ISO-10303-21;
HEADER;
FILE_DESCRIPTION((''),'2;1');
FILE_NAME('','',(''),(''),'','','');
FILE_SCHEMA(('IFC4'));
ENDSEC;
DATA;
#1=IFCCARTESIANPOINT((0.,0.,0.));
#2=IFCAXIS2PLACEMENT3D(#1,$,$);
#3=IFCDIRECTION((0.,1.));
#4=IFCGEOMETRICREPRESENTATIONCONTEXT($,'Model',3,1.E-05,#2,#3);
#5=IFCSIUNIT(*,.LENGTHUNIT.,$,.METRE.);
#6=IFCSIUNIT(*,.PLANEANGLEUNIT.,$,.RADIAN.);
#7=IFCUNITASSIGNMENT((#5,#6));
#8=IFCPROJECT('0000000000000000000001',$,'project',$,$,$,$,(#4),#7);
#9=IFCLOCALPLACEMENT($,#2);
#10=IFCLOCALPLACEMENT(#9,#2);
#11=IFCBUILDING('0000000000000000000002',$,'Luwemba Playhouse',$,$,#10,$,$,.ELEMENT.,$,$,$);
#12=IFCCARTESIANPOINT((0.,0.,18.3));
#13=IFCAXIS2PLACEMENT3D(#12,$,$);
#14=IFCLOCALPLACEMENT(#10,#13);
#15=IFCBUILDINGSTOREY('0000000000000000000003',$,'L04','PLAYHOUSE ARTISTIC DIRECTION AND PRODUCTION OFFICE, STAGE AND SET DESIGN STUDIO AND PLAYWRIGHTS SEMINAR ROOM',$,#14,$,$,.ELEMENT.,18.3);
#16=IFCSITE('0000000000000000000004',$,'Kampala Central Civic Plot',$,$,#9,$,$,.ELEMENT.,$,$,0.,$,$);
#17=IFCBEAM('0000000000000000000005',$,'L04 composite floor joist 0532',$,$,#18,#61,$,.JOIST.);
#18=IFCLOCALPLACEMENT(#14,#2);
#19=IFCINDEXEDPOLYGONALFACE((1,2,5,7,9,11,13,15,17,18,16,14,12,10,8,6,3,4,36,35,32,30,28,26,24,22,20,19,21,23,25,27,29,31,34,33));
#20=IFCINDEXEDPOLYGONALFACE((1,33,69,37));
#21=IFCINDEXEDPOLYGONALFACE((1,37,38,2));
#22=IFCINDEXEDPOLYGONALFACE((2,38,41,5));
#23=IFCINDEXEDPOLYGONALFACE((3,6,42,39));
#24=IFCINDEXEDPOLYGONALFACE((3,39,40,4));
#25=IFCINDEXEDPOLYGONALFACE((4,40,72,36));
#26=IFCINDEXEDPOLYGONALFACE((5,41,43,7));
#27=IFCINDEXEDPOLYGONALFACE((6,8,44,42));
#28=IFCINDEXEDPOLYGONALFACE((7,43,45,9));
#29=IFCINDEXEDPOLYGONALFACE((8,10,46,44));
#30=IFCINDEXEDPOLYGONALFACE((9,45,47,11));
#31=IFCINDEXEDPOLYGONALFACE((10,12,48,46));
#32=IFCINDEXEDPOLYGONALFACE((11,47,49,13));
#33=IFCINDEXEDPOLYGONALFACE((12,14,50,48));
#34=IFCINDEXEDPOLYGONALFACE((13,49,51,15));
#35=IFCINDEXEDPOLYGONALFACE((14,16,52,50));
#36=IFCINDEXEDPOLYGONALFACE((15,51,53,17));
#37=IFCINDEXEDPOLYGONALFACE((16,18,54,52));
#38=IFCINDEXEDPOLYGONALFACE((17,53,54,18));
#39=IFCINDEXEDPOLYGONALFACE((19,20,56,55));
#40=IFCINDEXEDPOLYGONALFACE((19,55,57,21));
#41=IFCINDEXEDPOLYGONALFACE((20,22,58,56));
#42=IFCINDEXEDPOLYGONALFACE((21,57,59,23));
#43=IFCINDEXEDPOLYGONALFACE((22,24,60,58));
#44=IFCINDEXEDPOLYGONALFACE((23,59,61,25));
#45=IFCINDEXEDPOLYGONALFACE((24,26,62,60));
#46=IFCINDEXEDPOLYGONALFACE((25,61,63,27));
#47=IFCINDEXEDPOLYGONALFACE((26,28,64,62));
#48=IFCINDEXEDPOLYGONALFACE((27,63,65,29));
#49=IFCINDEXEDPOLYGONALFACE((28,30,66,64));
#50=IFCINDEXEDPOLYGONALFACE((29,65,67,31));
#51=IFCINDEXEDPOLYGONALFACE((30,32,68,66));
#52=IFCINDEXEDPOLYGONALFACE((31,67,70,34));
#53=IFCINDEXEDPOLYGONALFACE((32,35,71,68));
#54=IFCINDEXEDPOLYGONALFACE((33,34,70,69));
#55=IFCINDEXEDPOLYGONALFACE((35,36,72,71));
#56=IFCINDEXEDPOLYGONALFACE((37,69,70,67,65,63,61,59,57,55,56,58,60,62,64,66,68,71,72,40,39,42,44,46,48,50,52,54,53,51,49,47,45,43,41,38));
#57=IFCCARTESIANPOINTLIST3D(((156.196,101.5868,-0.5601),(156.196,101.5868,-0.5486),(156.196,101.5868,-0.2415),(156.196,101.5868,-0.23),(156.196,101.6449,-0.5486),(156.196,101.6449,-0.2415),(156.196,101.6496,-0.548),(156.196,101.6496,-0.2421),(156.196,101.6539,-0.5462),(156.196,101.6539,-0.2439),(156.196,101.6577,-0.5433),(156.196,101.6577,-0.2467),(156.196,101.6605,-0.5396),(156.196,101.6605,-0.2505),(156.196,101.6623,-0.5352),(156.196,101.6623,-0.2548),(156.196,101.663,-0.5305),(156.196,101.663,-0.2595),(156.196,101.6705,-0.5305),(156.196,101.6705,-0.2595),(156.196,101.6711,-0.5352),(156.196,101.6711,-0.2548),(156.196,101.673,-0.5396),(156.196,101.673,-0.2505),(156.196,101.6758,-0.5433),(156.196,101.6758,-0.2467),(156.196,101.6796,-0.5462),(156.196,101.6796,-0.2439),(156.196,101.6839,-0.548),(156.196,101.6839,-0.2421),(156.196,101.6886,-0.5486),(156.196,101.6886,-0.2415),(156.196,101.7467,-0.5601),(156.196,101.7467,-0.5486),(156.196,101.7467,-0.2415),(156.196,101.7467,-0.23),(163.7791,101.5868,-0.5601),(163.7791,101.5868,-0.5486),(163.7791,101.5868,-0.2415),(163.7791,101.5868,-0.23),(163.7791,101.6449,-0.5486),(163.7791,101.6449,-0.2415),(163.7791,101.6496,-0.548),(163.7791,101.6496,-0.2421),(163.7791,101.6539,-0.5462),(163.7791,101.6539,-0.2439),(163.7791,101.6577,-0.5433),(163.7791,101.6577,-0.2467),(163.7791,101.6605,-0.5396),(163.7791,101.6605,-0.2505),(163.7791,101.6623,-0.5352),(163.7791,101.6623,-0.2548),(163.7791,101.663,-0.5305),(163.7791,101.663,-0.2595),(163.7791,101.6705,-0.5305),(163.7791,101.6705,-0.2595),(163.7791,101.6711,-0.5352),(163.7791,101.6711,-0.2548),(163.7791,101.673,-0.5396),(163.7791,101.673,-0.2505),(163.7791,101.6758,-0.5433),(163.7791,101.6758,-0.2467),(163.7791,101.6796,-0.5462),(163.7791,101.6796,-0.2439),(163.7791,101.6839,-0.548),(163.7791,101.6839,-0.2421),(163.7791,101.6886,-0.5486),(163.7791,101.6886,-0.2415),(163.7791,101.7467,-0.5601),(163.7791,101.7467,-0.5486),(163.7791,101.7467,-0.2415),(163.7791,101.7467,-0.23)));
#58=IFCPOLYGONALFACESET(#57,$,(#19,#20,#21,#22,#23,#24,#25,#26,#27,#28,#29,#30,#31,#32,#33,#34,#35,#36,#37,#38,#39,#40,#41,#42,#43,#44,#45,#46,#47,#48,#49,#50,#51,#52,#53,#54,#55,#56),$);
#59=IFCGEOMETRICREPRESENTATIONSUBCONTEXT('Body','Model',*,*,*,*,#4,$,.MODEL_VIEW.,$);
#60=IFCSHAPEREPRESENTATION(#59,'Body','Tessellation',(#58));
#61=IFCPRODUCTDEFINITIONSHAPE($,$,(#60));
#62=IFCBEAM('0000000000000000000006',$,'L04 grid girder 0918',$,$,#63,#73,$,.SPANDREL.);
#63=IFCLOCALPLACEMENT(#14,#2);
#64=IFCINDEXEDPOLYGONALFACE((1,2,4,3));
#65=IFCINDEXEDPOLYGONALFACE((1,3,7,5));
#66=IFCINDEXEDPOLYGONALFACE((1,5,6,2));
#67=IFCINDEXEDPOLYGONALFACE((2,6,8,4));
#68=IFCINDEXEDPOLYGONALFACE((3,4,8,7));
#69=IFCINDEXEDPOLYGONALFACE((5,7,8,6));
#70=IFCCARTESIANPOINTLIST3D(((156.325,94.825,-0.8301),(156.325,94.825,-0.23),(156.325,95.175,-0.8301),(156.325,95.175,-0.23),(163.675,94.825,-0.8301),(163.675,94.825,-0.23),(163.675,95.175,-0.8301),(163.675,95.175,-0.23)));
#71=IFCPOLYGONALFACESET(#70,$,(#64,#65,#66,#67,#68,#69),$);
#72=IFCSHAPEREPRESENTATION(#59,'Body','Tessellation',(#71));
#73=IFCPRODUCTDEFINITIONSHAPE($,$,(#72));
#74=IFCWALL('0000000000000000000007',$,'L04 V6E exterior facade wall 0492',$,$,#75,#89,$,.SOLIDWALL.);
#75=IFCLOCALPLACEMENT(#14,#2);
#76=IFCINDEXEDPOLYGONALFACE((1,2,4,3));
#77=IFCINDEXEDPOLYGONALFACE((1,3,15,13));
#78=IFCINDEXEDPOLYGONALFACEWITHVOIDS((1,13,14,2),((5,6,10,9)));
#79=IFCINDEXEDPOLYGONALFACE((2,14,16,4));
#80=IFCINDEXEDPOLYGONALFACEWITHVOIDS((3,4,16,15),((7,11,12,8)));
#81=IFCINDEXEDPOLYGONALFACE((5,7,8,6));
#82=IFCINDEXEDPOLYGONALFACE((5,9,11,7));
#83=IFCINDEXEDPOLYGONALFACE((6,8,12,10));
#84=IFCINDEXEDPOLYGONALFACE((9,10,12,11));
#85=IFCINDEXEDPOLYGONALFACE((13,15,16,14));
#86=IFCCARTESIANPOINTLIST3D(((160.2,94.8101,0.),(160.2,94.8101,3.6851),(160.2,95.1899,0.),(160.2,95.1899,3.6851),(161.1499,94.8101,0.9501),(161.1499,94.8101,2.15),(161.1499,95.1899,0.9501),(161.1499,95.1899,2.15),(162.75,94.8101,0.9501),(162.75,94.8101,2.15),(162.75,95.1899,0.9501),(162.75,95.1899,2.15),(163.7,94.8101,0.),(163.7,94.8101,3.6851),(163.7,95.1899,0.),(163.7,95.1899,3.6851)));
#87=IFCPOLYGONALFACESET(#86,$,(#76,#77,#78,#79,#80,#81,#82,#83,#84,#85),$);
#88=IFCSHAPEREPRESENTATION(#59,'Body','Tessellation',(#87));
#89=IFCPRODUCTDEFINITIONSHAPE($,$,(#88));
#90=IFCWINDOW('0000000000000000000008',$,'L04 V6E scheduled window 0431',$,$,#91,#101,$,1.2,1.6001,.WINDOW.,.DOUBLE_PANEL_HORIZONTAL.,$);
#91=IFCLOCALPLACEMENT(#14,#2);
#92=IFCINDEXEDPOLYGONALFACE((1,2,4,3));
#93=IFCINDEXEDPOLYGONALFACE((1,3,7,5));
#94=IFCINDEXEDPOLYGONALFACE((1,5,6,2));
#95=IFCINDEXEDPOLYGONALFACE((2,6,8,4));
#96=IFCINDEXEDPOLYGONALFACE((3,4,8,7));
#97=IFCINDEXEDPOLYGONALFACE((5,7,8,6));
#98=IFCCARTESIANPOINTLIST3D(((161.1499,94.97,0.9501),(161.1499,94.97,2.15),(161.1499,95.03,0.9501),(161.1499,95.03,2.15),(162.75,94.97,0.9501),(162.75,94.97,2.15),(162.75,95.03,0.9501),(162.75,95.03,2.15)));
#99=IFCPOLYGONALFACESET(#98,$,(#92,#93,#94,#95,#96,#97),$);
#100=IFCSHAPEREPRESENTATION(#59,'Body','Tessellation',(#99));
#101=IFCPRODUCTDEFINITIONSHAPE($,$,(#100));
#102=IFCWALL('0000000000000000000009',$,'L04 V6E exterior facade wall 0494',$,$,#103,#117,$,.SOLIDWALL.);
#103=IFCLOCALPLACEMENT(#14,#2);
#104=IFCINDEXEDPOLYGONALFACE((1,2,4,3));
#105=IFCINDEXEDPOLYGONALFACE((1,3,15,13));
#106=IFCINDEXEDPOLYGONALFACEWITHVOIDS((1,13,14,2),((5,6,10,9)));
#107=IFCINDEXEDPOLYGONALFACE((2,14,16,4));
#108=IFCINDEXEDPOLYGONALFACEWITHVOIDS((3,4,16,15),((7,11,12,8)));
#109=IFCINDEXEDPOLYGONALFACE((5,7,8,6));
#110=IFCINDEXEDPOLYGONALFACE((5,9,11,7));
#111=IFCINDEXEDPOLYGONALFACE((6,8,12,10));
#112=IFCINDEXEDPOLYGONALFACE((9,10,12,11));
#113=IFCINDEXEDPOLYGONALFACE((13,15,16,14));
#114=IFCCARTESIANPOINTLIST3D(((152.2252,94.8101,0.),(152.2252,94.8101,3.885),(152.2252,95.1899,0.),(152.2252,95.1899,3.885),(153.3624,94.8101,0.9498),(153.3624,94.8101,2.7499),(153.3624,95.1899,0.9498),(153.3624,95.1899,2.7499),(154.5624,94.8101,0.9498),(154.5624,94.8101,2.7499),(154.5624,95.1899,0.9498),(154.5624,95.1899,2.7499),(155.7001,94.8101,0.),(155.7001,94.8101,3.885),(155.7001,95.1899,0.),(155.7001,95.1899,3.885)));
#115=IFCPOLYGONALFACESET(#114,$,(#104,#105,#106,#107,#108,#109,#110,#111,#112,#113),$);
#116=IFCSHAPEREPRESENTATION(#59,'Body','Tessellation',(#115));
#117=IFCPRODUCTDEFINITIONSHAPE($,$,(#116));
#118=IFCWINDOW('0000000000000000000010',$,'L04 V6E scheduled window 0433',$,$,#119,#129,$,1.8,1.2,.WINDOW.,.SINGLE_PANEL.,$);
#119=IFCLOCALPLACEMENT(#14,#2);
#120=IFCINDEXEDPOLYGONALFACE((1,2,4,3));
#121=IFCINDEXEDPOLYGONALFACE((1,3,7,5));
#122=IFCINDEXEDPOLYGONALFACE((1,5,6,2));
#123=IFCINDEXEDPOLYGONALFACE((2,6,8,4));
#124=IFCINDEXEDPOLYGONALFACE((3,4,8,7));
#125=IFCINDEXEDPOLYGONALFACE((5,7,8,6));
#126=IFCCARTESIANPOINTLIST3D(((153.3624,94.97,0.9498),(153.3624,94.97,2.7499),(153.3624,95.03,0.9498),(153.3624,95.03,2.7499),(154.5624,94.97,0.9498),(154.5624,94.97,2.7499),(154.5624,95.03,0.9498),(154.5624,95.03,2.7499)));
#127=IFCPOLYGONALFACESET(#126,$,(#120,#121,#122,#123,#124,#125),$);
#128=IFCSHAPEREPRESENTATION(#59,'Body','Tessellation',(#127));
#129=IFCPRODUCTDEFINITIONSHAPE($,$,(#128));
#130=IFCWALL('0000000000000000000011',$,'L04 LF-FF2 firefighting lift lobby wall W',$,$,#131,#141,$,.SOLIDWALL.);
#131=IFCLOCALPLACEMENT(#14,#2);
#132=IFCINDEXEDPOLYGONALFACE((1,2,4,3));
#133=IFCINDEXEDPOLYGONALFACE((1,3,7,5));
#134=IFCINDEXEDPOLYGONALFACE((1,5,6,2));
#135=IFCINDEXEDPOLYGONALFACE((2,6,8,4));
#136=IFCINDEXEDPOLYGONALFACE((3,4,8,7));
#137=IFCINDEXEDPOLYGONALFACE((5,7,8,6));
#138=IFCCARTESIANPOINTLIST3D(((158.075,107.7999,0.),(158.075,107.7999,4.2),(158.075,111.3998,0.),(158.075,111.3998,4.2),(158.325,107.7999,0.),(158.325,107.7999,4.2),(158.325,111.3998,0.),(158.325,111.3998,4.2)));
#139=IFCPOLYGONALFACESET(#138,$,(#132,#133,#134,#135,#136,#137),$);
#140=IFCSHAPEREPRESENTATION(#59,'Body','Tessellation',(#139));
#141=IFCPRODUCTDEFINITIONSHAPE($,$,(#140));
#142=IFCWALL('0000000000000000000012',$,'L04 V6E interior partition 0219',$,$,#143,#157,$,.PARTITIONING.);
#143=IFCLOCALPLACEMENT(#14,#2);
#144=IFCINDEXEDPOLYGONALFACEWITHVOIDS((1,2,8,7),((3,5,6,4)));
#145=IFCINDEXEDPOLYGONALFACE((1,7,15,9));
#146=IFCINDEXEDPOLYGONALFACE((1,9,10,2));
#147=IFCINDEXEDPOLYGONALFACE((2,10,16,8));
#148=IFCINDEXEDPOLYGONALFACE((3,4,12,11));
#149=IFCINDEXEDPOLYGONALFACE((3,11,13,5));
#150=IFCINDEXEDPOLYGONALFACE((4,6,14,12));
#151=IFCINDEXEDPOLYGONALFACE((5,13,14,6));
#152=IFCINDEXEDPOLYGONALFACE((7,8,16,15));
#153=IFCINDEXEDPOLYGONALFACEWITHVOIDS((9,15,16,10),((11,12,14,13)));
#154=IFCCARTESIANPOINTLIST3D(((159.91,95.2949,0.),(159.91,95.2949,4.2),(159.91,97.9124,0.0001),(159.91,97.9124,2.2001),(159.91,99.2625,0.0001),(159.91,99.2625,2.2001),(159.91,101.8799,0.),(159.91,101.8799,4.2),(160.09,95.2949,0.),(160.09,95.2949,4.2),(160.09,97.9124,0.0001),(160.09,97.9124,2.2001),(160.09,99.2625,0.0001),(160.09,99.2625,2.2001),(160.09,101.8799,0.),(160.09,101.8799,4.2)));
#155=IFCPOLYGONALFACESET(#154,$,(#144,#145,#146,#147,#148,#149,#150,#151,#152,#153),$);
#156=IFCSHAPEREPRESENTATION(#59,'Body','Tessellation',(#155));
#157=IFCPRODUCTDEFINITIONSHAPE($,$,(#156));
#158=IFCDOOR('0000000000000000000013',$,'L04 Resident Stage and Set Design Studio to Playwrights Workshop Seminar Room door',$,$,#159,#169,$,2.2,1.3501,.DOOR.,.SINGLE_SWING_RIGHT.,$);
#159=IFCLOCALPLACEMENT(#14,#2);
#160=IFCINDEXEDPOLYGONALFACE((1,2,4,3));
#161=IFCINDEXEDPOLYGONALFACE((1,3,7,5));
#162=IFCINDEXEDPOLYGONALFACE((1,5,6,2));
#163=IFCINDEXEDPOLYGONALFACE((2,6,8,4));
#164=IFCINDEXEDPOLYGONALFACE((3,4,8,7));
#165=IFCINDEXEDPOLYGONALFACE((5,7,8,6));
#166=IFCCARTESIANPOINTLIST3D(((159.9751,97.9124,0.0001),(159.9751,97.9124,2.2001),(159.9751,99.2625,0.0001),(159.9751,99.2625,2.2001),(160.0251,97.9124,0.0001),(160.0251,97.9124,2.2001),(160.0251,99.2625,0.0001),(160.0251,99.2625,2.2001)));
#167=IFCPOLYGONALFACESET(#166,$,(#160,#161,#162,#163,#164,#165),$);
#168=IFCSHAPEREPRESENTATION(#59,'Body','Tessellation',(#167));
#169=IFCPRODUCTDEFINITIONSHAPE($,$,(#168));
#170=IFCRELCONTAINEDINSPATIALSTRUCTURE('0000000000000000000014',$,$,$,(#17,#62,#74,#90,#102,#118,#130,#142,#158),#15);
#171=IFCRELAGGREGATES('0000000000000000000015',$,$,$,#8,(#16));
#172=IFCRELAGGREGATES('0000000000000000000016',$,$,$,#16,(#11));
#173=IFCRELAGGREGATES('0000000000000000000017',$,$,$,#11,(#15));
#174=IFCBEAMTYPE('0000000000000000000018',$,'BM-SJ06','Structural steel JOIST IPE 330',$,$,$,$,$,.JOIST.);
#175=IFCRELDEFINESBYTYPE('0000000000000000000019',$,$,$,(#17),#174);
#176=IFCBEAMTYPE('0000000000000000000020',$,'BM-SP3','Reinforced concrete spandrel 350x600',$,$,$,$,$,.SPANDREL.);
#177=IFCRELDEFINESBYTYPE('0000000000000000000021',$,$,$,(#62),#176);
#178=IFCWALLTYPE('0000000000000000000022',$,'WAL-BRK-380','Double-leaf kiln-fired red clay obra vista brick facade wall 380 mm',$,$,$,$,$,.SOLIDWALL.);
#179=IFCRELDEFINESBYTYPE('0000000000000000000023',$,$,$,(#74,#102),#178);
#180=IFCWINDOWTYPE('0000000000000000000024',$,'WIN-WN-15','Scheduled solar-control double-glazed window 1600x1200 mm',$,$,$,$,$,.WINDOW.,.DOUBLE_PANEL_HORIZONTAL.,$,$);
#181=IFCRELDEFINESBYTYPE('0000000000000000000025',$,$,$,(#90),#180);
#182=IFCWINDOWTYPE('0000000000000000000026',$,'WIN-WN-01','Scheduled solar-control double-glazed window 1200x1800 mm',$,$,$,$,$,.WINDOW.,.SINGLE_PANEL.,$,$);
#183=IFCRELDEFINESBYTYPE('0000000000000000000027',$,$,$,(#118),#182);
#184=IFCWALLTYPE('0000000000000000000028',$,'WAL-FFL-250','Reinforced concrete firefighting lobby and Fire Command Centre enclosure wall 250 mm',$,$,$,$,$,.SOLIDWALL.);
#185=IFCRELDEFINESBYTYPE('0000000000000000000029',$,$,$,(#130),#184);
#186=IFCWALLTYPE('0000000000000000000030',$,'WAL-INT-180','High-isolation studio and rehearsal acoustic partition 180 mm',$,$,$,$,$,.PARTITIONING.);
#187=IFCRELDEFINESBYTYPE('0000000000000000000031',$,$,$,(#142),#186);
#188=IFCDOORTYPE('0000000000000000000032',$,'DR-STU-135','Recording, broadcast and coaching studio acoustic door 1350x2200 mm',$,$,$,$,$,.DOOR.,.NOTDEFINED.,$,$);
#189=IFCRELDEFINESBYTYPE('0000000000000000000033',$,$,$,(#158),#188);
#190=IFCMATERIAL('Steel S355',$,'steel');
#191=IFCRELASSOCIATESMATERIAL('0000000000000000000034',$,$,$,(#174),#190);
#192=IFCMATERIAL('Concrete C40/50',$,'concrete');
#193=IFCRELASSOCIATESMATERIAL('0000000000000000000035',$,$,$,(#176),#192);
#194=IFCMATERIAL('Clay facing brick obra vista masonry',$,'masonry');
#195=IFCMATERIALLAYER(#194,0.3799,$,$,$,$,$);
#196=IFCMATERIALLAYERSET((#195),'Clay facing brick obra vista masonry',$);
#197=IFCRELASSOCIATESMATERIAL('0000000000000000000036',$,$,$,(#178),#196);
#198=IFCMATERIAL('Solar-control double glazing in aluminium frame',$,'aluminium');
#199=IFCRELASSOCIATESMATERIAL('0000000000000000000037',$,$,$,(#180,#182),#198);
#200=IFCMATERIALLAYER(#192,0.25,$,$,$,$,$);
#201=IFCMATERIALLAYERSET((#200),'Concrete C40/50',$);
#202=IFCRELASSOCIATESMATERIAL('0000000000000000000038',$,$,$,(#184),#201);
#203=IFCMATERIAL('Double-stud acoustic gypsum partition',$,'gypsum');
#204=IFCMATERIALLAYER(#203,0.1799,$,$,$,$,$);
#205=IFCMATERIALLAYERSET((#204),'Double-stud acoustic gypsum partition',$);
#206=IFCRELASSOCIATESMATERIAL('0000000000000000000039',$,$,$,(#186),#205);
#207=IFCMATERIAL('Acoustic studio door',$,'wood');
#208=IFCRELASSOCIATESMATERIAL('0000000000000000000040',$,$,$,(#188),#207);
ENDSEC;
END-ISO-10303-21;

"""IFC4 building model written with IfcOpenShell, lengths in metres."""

from ifc_helpers import new_model, si_unit, direction, frame, frame_2d, origin, origin_2d, place, context, subcontext, project, spatial, rectangle, i_section, extrude, material, layer, layer_set, material_profile, profile_set, type_object, element, fill, save


model = new_model("IFC4")

# Units and contexts
model_context = context("Model", 3, precision=1e-05, world=origin(), true_north=direction((0.0, 1.0)))
body_context = subcontext(model_context, "Body", "Model", "MODEL_VIEW")
ifc_project = project(units=[si_unit("LENGTHUNIT", "METRE"), si_unit("PLANEANGLEUNIT", "RADIAN")], contexts=[model_context])

# Site, building, storey
site_placement = place(None, origin())
site = spatial("IfcSite", under=ifc_project, at=site_placement, Name="Kampala Central Civic Plot", CompositionType="ELEMENT", RefElevation=0.0)
building_placement = place(site_placement, origin())
building = spatial("IfcBuilding", under=site, at=building_placement, Name="Luwemba Playhouse", CompositionType="ELEMENT")
storey_placement = place(building_placement, frame((0.0, 0.0, 18.3)))
storey = spatial("IfcBuildingStorey", under=building, at=storey_placement, Name="L04", Description="PLAYHOUSE ARTISTIC DIRECTION AND PRODUCTION OFFICE, STAGE AND SET DESIGN STUDIO AND PLAYWRIGHTS SEMINAR ROOM", CompositionType="ELEMENT", Elevation=18.3)

# Shared definitions
ifc_material_1 = material(Name="Concrete C40/50", Category="concrete")

# Beams
ifc_material_2 = material(Name="Steel S355", Category="steel")
ifc_material_profile_1 = material_profile(ifc_material_2, i_section(OverallWidth=0.1599, OverallDepth=0.3301, WebThickness=0.0076, FlangeThickness=0.0115, FilletRadius=0.0181, at=origin_2d()))
ifc_profile_set_1 = profile_set([ifc_material_profile_1], Name="Steel S355")
beam_type_1 = type_object("IfcBeamType", Name="BM-SJ06", Description="Structural steel JOIST IPE 330", PredefinedType="JOIST", material=ifc_profile_set_1)
beam_1_placement = place(storey_placement, frame((156.196, 101.6667, -0.395), z_axis=(1.0, 0.0, 0.0), x_axis=(0.0, 1.0, 0.0)))
element("IfcBeam", 1, at=beam_1_placement, inside=storey, type_object=beam_type_1, Name="L04 composite floor joist 0532", PredefinedType="JOIST", context=body_context, shape_type="SweptSolid", body=[
    extrude(i_section(OverallWidth=0.1599, OverallDepth=0.3301, WebThickness=0.0076, FlangeThickness=0.0115, FilletRadius=0.0181, at=origin_2d()), origin(), (0.0, 0.0, 1.0), 7.583),
])
ifc_material_profile_2 = material_profile(ifc_material_1, rectangle(XDim=0.3501, YDim=0.6001, at=origin_2d()))
ifc_profile_set_2 = profile_set([ifc_material_profile_2], Name="Concrete C40/50")
beam_type_2 = type_object("IfcBeamType", Name="BM-SP3", Description="Reinforced concrete spandrel 350x600", PredefinedType="SPANDREL", material=ifc_profile_set_2)
beam_2_placement = place(storey_placement, frame((156.325, 95.0, -0.53), z_axis=(1.0, 0.0, 0.0), x_axis=(0.0, 1.0, 0.0)))
element("IfcBeam", 2, at=beam_2_placement, inside=storey, type_object=beam_type_2, Name="L04 grid girder 0918", PredefinedType="SPANDREL", context=body_context, shape_type="SweptSolid", body=[
    extrude(rectangle(XDim=0.3501, YDim=0.6001, at=origin_2d()), origin(), (0.0, 0.0, 1.0), 7.3501),
])

# Walls, openings, windows
ifc_material_3 = material(Name="Clay facing brick obra vista masonry", Category="masonry")
ifc_layer_1 = layer(ifc_material_3, 0.3799)
ifc_layer_set_1 = layer_set([ifc_layer_1], Name="Clay facing brick obra vista masonry")
wall_type_1 = type_object("IfcWallType", Name="WAL-BRK-380", Description="Double-leaf kiln-fired red clay obra vista brick facade wall 380 mm", PredefinedType="SOLIDWALL", material=ifc_layer_set_1)
wall_1_placement = place(storey_placement, frame((163.7, 95.0, 0.0), z_axis=(0.0, 0.0, 1.0), x_axis=(-1.0, 0.0, 0.0)))
wall_1 = element("IfcWall", 3, at=wall_1_placement, inside=storey, type_object=wall_type_1, Name="L04 V6E exterior facade wall 0492", PredefinedType="SOLIDWALL", context=body_context, shape_type="SweptSolid", body=[
    extrude(rectangle(XDim=3.5, YDim=0.3799, at=frame_2d((1.75, 0.0))), origin(), (0.0, 0.0, 1.0), 3.6851),
])
opening_1_placement = place(wall_1_placement, frame((0.95, 0.0, 0.95)))
opening_1 = element("IfcOpeningElement", 4, at=opening_1_placement, cuts=wall_1, PredefinedType="OPENING", context=body_context, shape_type="SweptSolid", body=[
    extrude(rectangle(XDim=1.6001, YDim=1.2, at=frame_2d((0.8, 0.6001))), frame((0.0, 0.2, 0.0), z_axis=(0.0, -1.0, 0.0), x_axis=(1.0, 0.0, 0.0)), (0.0, 0.0, 1.0), 0.3999),
])
ifc_material_4 = material(Name="Solar-control double glazing in aluminium frame", Category="aluminium")
window_type_1 = type_object("IfcWindowType", Name="WIN-WN-15", Description="Scheduled solar-control double-glazed window 1600x1200 mm", PartitioningType="DOUBLE_PANEL_HORIZONTAL", PredefinedType="WINDOW", material=ifc_material_4)
window_1_placement = place(opening_1_placement, origin())
window_1 = element("IfcWindow", 5, at=window_1_placement, inside=storey, type_object=window_type_1, Name="L04 V6E scheduled window 0431", OverallHeight=1.2, OverallWidth=1.6001, PartitioningType="DOUBLE_PANEL_HORIZONTAL", PredefinedType="WINDOW", context=body_context, shape_type="SweptSolid", body=[
    extrude(rectangle(XDim=1.6001, YDim=1.2, at=frame_2d((0.8, 0.6001))), frame((0.0, 0.03, 0.0), z_axis=(0.0, -1.0, 0.0), x_axis=(1.0, 0.0, 0.0)), (0.0, 0.0, 1.0), 0.0601),
])
fill(opening_1, window_1)
wall_2_placement = place(storey_placement, frame((155.7, 95.0, 0.0), z_axis=(0.0, 0.0, 1.0), x_axis=(-1.0, 0.0, 0.0)))
wall_2 = element("IfcWall", 6, at=wall_2_placement, inside=storey, type_object=wall_type_1, Name="L04 V6E exterior facade wall 0494", PredefinedType="SOLIDWALL", context=body_context, shape_type="SweptSolid", body=[
    extrude(rectangle(XDim=3.4749, YDim=0.3799, at=frame_2d((1.7373, 0.0))), origin(), (0.0, 0.0, 1.0), 3.885),
])
opening_2_placement = place(wall_2_placement, frame((1.1375, 0.0, 0.95)))
opening_2 = element("IfcOpeningElement", 7, at=opening_2_placement, cuts=wall_2, PredefinedType="OPENING", context=body_context, shape_type="SweptSolid", body=[
    extrude(rectangle(XDim=1.2, YDim=1.8, at=frame_2d((0.6001, 0.8999))), frame((0.0, 0.2, 0.0), z_axis=(0.0, -1.0, 0.0), x_axis=(1.0, 0.0, 0.0)), (0.0, 0.0, 1.0), 0.3999),
])
window_type_2 = type_object("IfcWindowType", Name="WIN-WN-01", Description="Scheduled solar-control double-glazed window 1200x1800 mm", PartitioningType="SINGLE_PANEL", PredefinedType="WINDOW", material=ifc_material_4)
window_2_placement = place(opening_2_placement, origin())
window_2 = element("IfcWindow", 8, at=window_2_placement, inside=storey, type_object=window_type_2, Name="L04 V6E scheduled window 0433", OverallHeight=1.8, OverallWidth=1.2, PartitioningType="SINGLE_PANEL", PredefinedType="WINDOW", context=body_context, shape_type="SweptSolid", body=[
    extrude(rectangle(XDim=1.2, YDim=1.8, at=frame_2d((0.6001, 0.8999))), frame((0.0, 0.03, 0.0), z_axis=(0.0, -1.0, 0.0), x_axis=(1.0, 0.0, 0.0)), (0.0, 0.0, 1.0), 0.0601),
])
fill(opening_2, window_2)

# Shared definitions
ifc_layer_2 = layer(ifc_material_1, 0.25)
ifc_layer_set_2 = layer_set([ifc_layer_2], Name="Concrete C40/50")
wall_type_2 = type_object("IfcWallType", Name="WAL-FFL-250", Description="Reinforced concrete firefighting lobby and Fire Command Centre enclosure wall 250 mm", PredefinedType="SOLIDWALL", material=ifc_layer_set_2)

# Wall
wall_3_placement = place(storey_placement, frame((158.2, 107.8, 0.0), z_axis=(0.0, 0.0, 1.0), x_axis=(0.0, 1.0, 0.0)))
element("IfcWall", 9, at=wall_3_placement, inside=storey, type_object=wall_type_2, Name="L04 LF-FF2 firefighting lift lobby wall W", PredefinedType="SOLIDWALL", context=body_context, shape_type="SweptSolid", body=[
    extrude(rectangle(XDim=3.5999, YDim=0.25, at=frame_2d((1.7998, 0.0))), origin(), (0.0, 0.0, 1.0), 4.2),
])

# Wall, opening, door
ifc_material_5 = material(Name="Double-stud acoustic gypsum partition", Category="gypsum")
ifc_layer_3 = layer(ifc_material_5, 0.1799)
ifc_layer_set_3 = layer_set([ifc_layer_3], Name="Double-stud acoustic gypsum partition")
wall_type_3 = type_object("IfcWallType", Name="WAL-INT-180", Description="High-isolation studio and rehearsal acoustic partition 180 mm", PredefinedType="PARTITIONING", material=ifc_layer_set_3)
wall_4_placement = place(storey_placement, frame((160.0, 95.2949, 0.0), z_axis=(0.0, 0.0, 1.0), x_axis=(0.0, 1.0, 0.0)))
wall_4 = element("IfcWall", 10, at=wall_4_placement, inside=storey, type_object=wall_type_3, Name="L04 V6E interior partition 0219", PredefinedType="PARTITIONING", context=body_context, shape_type="SweptSolid", body=[
    extrude(rectangle(XDim=6.585, YDim=0.1799, at=frame_2d((3.2925, 0.0))), origin(), (0.0, 0.0, 1.0), 4.2),
])
opening_3_placement = place(wall_4_placement, frame((2.6174, 0.0, 0.0)))
opening_3 = element("IfcOpeningElement", 11, at=opening_3_placement, cuts=wall_4, PredefinedType="OPENING", context=body_context, shape_type="SweptSolid", body=[
    extrude(rectangle(XDim=1.3501, YDim=2.2, at=frame_2d((0.675, 1.1001))), frame((0.0, 0.0999, 0.0), z_axis=(0.0, -1.0, 0.0), x_axis=(1.0, 0.0, 0.0)), (0.0, 0.0, 1.0), 0.2),
])
ifc_material_6 = material(Name="Acoustic studio door", Category="wood")
door_type_1 = type_object("IfcDoorType", Name="DR-STU-135", Description="Recording, broadcast and coaching studio acoustic door 1350x2200 mm", OperationType="NOTDEFINED", PredefinedType="DOOR", material=ifc_material_6)
door_1_placement = place(opening_3_placement, origin())
door_1 = element("IfcDoor", 12, at=door_1_placement, inside=storey, type_object=door_type_1, Name="L04 Resident Stage and Set Design Studio to Playwrights Workshop Seminar Room door", OperationType="SINGLE_SWING_RIGHT", OverallHeight=2.2, OverallWidth=1.3501, PredefinedType="DOOR", context=body_context, shape_type="SweptSolid", body=[
    extrude(rectangle(XDim=1.3501, YDim=2.2, at=frame_2d((0.675, 1.1001))), frame((0.0, 0.0249, 0.0), z_axis=(0.0, -1.0, 0.0), x_axis=(1.0, 0.0, 0.0)), (0.0, 0.0, 1.0), 0.05),
])
fill(opening_3, door_1)

save(model, "model.ifc")
